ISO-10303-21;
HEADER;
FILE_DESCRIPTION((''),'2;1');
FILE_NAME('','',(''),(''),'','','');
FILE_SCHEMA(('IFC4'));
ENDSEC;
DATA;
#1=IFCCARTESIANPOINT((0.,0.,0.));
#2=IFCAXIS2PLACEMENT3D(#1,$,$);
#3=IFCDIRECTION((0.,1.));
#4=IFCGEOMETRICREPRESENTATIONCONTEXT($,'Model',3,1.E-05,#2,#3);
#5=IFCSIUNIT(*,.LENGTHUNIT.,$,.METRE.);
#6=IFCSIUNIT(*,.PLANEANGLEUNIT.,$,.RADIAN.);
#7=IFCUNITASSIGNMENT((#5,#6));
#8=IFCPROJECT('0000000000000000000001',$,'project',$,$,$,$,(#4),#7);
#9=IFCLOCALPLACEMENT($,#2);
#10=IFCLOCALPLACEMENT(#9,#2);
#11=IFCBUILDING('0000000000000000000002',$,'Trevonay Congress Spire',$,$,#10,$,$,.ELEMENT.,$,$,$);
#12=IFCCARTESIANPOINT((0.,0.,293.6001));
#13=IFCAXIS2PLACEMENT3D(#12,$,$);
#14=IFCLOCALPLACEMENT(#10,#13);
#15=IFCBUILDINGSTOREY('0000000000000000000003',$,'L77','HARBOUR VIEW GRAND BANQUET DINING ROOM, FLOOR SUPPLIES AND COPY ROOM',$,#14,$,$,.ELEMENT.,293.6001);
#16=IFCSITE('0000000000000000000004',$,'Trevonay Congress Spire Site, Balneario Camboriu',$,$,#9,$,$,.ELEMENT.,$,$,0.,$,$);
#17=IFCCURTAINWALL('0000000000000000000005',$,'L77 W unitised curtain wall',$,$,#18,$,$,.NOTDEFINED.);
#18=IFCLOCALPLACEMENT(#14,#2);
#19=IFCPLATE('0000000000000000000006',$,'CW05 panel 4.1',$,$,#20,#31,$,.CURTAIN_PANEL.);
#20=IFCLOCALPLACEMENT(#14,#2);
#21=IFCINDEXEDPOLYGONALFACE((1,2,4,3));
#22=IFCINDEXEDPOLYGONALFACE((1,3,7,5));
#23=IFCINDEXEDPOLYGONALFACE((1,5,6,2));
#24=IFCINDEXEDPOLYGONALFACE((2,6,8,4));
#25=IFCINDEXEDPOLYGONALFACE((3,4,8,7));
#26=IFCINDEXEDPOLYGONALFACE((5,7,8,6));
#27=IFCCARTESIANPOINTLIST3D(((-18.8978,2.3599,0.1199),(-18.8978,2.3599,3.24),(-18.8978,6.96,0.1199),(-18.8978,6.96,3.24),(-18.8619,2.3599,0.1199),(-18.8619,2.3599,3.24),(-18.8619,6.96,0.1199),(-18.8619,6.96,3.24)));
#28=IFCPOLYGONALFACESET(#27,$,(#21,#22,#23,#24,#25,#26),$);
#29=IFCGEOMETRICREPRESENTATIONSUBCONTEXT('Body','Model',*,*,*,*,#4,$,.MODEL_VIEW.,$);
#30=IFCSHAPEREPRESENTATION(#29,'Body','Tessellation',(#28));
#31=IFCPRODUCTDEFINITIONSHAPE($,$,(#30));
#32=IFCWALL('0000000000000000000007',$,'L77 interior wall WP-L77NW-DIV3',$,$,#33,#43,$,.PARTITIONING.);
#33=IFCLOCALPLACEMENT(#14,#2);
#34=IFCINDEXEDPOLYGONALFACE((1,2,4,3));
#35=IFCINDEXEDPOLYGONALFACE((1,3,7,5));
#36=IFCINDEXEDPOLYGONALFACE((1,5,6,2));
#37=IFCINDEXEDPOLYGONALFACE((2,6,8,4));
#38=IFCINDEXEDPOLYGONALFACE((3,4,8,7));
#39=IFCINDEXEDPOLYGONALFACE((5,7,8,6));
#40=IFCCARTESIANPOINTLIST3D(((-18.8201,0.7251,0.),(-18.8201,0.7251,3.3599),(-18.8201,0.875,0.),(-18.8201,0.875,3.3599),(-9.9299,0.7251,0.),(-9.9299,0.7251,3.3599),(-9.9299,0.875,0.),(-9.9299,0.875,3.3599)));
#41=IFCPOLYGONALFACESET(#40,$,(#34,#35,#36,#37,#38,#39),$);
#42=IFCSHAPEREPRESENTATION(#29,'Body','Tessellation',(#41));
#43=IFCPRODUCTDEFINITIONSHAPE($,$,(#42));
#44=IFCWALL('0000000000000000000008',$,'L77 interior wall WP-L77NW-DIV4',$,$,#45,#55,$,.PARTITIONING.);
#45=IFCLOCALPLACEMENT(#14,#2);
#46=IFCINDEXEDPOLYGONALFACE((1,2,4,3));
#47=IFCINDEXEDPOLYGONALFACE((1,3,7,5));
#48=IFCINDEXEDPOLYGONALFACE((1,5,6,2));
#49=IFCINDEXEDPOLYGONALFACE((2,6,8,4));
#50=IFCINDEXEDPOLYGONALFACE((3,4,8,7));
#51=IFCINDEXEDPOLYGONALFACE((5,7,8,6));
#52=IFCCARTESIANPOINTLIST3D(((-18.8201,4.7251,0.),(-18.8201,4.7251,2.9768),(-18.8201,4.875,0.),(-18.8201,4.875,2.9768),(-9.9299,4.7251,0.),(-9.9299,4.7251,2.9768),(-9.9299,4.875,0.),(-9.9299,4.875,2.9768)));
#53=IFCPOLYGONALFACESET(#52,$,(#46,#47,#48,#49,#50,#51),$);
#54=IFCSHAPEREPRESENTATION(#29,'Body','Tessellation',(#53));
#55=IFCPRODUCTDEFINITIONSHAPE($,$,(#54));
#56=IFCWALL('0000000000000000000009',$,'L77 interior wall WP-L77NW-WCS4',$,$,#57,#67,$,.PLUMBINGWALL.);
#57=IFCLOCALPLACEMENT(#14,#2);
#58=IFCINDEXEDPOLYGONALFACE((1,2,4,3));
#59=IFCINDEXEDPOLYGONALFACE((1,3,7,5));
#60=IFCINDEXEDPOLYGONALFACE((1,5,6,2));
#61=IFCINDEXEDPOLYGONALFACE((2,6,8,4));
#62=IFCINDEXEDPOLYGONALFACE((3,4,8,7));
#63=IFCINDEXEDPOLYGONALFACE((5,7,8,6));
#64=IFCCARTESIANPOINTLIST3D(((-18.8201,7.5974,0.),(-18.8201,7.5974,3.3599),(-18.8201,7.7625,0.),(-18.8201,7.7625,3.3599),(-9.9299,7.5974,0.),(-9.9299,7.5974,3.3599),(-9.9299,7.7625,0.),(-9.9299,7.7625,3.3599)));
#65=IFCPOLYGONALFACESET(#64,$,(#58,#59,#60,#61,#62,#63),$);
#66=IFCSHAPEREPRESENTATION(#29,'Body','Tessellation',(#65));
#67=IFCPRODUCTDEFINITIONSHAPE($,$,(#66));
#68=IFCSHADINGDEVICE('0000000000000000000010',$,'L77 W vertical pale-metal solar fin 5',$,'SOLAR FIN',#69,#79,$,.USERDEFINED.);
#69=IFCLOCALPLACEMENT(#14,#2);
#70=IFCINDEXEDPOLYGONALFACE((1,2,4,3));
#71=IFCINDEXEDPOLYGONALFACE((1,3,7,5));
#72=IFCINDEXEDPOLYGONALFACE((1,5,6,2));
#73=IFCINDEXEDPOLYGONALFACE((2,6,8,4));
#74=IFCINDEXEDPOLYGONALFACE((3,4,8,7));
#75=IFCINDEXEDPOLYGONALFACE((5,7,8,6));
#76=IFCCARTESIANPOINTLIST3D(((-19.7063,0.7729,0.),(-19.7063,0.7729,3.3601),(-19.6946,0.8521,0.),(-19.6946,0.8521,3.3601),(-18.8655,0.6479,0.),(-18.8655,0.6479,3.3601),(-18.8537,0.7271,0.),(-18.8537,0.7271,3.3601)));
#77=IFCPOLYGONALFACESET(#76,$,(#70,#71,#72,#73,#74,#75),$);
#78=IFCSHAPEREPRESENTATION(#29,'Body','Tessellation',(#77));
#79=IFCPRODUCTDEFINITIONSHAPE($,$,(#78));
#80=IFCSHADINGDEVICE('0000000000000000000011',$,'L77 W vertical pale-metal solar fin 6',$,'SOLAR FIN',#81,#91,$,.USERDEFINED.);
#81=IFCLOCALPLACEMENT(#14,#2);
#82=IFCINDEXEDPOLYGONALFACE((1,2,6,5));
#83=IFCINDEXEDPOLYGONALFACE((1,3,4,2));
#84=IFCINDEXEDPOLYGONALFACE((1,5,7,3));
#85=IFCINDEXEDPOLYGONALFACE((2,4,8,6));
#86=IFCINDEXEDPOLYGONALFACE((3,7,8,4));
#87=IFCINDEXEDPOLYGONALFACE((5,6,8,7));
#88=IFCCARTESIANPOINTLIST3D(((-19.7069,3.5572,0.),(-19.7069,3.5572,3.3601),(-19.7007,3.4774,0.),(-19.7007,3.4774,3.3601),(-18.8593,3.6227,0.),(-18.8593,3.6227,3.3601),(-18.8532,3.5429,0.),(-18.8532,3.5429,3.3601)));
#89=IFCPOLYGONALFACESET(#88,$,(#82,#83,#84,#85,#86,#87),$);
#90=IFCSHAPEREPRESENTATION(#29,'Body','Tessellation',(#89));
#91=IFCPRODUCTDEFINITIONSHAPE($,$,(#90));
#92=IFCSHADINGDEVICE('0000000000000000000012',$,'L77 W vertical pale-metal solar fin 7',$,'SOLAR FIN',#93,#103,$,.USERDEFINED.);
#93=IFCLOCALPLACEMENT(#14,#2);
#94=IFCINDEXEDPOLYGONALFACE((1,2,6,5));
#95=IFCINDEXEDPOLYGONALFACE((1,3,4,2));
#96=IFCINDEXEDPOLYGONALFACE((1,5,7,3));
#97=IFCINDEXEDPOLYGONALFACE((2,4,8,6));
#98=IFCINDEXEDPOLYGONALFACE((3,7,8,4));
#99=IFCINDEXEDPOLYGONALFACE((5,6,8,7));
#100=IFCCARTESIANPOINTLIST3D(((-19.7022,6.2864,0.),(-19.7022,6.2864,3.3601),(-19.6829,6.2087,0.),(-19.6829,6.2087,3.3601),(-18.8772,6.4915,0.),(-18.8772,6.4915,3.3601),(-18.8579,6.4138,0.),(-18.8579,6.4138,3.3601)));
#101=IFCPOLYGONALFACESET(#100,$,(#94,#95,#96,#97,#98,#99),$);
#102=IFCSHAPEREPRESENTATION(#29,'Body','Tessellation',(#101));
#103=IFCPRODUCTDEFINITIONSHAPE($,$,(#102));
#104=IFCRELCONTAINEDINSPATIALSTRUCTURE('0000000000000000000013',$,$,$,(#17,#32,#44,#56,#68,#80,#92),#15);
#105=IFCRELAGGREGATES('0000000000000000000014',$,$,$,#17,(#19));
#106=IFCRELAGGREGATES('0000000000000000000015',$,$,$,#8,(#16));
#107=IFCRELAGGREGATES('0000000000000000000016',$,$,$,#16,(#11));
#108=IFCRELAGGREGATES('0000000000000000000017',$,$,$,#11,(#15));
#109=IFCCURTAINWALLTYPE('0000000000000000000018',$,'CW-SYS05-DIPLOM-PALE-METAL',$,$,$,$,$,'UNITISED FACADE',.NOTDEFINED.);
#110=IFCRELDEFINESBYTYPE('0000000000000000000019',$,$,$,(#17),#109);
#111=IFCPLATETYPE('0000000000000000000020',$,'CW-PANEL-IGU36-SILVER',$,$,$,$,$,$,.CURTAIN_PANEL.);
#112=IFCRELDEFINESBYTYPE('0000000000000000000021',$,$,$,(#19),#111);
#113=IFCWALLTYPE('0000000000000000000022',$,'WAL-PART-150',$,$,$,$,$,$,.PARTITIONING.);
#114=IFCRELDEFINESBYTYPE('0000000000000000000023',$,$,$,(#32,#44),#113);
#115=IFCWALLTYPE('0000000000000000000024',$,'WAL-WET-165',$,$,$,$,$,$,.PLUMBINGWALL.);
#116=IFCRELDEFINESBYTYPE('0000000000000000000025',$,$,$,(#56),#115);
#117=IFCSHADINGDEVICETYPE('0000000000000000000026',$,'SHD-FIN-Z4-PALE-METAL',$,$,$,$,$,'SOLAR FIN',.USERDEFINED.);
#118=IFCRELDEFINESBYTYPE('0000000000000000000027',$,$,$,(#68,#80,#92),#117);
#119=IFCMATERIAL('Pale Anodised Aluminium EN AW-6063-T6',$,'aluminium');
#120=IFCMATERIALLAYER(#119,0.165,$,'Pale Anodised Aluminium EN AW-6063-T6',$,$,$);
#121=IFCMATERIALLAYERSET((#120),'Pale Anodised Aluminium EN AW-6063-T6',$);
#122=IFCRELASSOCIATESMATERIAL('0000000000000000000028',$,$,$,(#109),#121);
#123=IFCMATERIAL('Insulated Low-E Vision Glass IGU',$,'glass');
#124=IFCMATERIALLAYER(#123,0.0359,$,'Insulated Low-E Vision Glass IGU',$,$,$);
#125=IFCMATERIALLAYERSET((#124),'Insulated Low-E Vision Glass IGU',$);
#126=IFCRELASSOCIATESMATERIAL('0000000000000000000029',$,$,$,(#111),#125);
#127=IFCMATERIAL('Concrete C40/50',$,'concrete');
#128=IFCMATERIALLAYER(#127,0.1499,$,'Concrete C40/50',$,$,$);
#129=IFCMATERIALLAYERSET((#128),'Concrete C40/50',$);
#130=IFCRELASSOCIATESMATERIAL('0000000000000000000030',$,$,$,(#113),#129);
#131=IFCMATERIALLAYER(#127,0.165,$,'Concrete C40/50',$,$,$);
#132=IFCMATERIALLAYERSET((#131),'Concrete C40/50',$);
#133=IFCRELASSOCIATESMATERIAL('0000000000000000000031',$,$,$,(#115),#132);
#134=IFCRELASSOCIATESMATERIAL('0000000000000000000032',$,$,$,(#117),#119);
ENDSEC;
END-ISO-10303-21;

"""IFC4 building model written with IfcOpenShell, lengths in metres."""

from ifc_helpers import new_model, si_unit, direction, frame, frame_2d, origin, origin_2d, place, context, subcontext, project, spatial, rectangle, extrude, material, layer, layer_set, type_object, element, aggregate, save


model = new_model("IFC4")

# Units and contexts
model_context = context("Model", 3, precision=1e-05, world=origin(), true_north=direction((0.0, 1.0)))
body_context = subcontext(model_context, "Body", "Model", "MODEL_VIEW")
ifc_project = project(units=[si_unit("LENGTHUNIT", "METRE"), si_unit("PLANEANGLEUNIT", "RADIAN")], contexts=[model_context])

# Site, building, storey
site_placement = place(None, origin())
site = spatial("IfcSite", under=ifc_project, at=site_placement, Name="Trevonay Congress Spire Site, Balneario Camboriu", CompositionType="ELEMENT", RefElevation=0.0)
building_placement = place(site_placement, origin())
building = spatial("IfcBuilding", under=site, at=building_placement, Name="Trevonay Congress Spire", CompositionType="ELEMENT")
storey_placement = place(building_placement, frame((0.0, 0.0, 293.6001)))
storey = spatial("IfcBuildingStorey", under=building, at=storey_placement, Name="L77", Description="HARBOUR VIEW GRAND BANQUET DINING ROOM, FLOOR SUPPLIES AND COPY ROOM", CompositionType="ELEMENT", Elevation=293.6001)

# Curtain wall
ifc_material_1 = material(Name="Pale Anodised Aluminium EN AW-6063-T6", Category="aluminium")
ifc_layer_1 = layer(ifc_material_1, 0.165, Name="Pale Anodised Aluminium EN AW-6063-T6")
ifc_layer_set_1 = layer_set([ifc_layer_1], Name="Pale Anodised Aluminium EN AW-6063-T6")
curtain_wall_type = type_object("IfcCurtainWallType", Name="CW-SYS05-DIPLOM-PALE-METAL", ElementType="UNITISED FACADE", PredefinedType="NOTDEFINED", material=ifc_layer_set_1)
curtain_wall_placement = place(storey_placement, origin())
curtain_wall = element("IfcCurtainWall", 1, at=curtain_wall_placement, inside=storey, type_object=curtain_wall_type, Name="L77 W unitised curtain wall", PredefinedType="NOTDEFINED")

# Plate
ifc_material_2 = material(Name="Insulated Low-E Vision Glass IGU", Category="glass")
ifc_layer_2 = layer(ifc_material_2, 0.0359, Name="Insulated Low-E Vision Glass IGU")
ifc_layer_set_2 = layer_set([ifc_layer_2], Name="Insulated Low-E Vision Glass IGU")
plate_type = type_object("IfcPlateType", Name="CW-PANEL-IGU36-SILVER", PredefinedType="CURTAIN_PANEL", material=ifc_layer_set_2)
plate_placement = place(storey_placement, frame((-18.8799, 4.6599, 0.1199), z_axis=(0.0, 0.0, 1.0), x_axis=(0.0, 1.0, 0.0)))
plate = element("IfcPlate", 2, at=plate_placement, type_object=plate_type, Name="CW05 panel 4.1", PredefinedType="CURTAIN_PANEL", context=body_context, shape_type="SweptSolid", body=[
    extrude(rectangle(XDim=4.6001, YDim=0.0359, at=origin_2d()), origin(), (0.0, 0.0, 1.0), 3.1201),
])
aggregate(curtain_wall, [plate])

# Walls
ifc_material_3 = material(Name="Concrete C40/50", Category="concrete")
ifc_layer_3 = layer(ifc_material_3, 0.1499, Name="Concrete C40/50")
ifc_layer_set_3 = layer_set([ifc_layer_3], Name="Concrete C40/50")
wall_type_1 = type_object("IfcWallType", Name="WAL-PART-150", PredefinedType="PARTITIONING", material=ifc_layer_set_3)
wall_1_placement = place(storey_placement, frame((-18.8201, 0.8, 0.0), z_axis=(0.0, 0.0, 1.0), x_axis=(1.0, 0.0, 0.0)))
element("IfcWall", 3, at=wall_1_placement, inside=storey, type_object=wall_type_1, Name="L77 interior wall WP-L77NW-DIV3", PredefinedType="PARTITIONING", context=body_context, shape_type="SweptSolid", body=[
    extrude(rectangle(XDim=8.8901, YDim=0.1499, at=frame_2d((4.4451, 0.0))), origin(), (0.0, 0.0, 1.0), 3.3599),
])
wall_2_placement = place(storey_placement, frame((-18.8201, 4.8, 0.0), z_axis=(0.0, 0.0, 1.0), x_axis=(1.0, 0.0, 0.0)))
element("IfcWall", 4, at=wall_2_placement, inside=storey, type_object=wall_type_1, Name="L77 interior wall WP-L77NW-DIV4", PredefinedType="PARTITIONING", context=body_context, shape_type="SweptSolid", body=[
    extrude(rectangle(XDim=8.8901, YDim=0.1499, at=frame_2d((4.4451, 0.0))), origin(), (0.0, 0.0, 1.0), 2.9768),
])
ifc_layer_4 = layer(ifc_material_3, 0.165, Name="Concrete C40/50")
ifc_layer_set_4 = layer_set([ifc_layer_4], Name="Concrete C40/50")
wall_type_2 = type_object("IfcWallType", Name="WAL-WET-165", PredefinedType="PLUMBINGWALL", material=ifc_layer_set_4)
wall_3_placement = place(storey_placement, frame((-18.8201, 7.6799, 0.0), z_axis=(0.0, 0.0, 1.0), x_axis=(1.0, 0.0, 0.0)))
element("IfcWall", 5, at=wall_3_placement, inside=storey, type_object=wall_type_2, Name="L77 interior wall WP-L77NW-WCS4", PredefinedType="PLUMBINGWALL", context=body_context, shape_type="SweptSolid", body=[
    extrude(rectangle(XDim=8.8901, YDim=0.165, at=frame_2d((4.4451, 0.0))), origin(), (0.0, 0.0, 1.0), 3.3599),
])

# Shading devices
shading_device_type = type_object("IfcShadingDeviceType", Name="SHD-FIN-Z4-PALE-METAL", ElementType="SOLAR FIN", PredefinedType="USERDEFINED", material=ifc_material_1)
for number, where, z_axis, x_axis, name in (
    (6, (-19.28, 0.75, 0.0), (0.0, 0.0, 1.0), (0.146946, 0.989144, 0.0), "L77 W vertical pale-metal solar fin 5"),
    (7, (-19.28, 3.55, 0.0), (0.0, 0.0, 1.0), (-0.077067, 0.997026, 0.0), "L77 W vertical pale-metal solar fin 6"),
    (8, (-19.28, 6.3501, 0.0), (0.0, 0.0, 1.0), (-0.241244, 0.970464, 0.0), "L77 W vertical pale-metal solar fin 7"),
):
    element("IfcShadingDevice", number, at=place(storey_placement, frame(where, z_axis=z_axis, x_axis=x_axis)), inside=storey, type_object=shading_device_type, Name=name, ObjectType="SOLAR FIN", PredefinedType="USERDEFINED", context=body_context, shape_type="SweptSolid", body=[
        extrude(rectangle(XDim=0.0801, YDim=0.8501, at=origin_2d()), origin(), (0.0, 0.0, 1.0), 3.3601),
    ])

save(model, "model.ifc")
